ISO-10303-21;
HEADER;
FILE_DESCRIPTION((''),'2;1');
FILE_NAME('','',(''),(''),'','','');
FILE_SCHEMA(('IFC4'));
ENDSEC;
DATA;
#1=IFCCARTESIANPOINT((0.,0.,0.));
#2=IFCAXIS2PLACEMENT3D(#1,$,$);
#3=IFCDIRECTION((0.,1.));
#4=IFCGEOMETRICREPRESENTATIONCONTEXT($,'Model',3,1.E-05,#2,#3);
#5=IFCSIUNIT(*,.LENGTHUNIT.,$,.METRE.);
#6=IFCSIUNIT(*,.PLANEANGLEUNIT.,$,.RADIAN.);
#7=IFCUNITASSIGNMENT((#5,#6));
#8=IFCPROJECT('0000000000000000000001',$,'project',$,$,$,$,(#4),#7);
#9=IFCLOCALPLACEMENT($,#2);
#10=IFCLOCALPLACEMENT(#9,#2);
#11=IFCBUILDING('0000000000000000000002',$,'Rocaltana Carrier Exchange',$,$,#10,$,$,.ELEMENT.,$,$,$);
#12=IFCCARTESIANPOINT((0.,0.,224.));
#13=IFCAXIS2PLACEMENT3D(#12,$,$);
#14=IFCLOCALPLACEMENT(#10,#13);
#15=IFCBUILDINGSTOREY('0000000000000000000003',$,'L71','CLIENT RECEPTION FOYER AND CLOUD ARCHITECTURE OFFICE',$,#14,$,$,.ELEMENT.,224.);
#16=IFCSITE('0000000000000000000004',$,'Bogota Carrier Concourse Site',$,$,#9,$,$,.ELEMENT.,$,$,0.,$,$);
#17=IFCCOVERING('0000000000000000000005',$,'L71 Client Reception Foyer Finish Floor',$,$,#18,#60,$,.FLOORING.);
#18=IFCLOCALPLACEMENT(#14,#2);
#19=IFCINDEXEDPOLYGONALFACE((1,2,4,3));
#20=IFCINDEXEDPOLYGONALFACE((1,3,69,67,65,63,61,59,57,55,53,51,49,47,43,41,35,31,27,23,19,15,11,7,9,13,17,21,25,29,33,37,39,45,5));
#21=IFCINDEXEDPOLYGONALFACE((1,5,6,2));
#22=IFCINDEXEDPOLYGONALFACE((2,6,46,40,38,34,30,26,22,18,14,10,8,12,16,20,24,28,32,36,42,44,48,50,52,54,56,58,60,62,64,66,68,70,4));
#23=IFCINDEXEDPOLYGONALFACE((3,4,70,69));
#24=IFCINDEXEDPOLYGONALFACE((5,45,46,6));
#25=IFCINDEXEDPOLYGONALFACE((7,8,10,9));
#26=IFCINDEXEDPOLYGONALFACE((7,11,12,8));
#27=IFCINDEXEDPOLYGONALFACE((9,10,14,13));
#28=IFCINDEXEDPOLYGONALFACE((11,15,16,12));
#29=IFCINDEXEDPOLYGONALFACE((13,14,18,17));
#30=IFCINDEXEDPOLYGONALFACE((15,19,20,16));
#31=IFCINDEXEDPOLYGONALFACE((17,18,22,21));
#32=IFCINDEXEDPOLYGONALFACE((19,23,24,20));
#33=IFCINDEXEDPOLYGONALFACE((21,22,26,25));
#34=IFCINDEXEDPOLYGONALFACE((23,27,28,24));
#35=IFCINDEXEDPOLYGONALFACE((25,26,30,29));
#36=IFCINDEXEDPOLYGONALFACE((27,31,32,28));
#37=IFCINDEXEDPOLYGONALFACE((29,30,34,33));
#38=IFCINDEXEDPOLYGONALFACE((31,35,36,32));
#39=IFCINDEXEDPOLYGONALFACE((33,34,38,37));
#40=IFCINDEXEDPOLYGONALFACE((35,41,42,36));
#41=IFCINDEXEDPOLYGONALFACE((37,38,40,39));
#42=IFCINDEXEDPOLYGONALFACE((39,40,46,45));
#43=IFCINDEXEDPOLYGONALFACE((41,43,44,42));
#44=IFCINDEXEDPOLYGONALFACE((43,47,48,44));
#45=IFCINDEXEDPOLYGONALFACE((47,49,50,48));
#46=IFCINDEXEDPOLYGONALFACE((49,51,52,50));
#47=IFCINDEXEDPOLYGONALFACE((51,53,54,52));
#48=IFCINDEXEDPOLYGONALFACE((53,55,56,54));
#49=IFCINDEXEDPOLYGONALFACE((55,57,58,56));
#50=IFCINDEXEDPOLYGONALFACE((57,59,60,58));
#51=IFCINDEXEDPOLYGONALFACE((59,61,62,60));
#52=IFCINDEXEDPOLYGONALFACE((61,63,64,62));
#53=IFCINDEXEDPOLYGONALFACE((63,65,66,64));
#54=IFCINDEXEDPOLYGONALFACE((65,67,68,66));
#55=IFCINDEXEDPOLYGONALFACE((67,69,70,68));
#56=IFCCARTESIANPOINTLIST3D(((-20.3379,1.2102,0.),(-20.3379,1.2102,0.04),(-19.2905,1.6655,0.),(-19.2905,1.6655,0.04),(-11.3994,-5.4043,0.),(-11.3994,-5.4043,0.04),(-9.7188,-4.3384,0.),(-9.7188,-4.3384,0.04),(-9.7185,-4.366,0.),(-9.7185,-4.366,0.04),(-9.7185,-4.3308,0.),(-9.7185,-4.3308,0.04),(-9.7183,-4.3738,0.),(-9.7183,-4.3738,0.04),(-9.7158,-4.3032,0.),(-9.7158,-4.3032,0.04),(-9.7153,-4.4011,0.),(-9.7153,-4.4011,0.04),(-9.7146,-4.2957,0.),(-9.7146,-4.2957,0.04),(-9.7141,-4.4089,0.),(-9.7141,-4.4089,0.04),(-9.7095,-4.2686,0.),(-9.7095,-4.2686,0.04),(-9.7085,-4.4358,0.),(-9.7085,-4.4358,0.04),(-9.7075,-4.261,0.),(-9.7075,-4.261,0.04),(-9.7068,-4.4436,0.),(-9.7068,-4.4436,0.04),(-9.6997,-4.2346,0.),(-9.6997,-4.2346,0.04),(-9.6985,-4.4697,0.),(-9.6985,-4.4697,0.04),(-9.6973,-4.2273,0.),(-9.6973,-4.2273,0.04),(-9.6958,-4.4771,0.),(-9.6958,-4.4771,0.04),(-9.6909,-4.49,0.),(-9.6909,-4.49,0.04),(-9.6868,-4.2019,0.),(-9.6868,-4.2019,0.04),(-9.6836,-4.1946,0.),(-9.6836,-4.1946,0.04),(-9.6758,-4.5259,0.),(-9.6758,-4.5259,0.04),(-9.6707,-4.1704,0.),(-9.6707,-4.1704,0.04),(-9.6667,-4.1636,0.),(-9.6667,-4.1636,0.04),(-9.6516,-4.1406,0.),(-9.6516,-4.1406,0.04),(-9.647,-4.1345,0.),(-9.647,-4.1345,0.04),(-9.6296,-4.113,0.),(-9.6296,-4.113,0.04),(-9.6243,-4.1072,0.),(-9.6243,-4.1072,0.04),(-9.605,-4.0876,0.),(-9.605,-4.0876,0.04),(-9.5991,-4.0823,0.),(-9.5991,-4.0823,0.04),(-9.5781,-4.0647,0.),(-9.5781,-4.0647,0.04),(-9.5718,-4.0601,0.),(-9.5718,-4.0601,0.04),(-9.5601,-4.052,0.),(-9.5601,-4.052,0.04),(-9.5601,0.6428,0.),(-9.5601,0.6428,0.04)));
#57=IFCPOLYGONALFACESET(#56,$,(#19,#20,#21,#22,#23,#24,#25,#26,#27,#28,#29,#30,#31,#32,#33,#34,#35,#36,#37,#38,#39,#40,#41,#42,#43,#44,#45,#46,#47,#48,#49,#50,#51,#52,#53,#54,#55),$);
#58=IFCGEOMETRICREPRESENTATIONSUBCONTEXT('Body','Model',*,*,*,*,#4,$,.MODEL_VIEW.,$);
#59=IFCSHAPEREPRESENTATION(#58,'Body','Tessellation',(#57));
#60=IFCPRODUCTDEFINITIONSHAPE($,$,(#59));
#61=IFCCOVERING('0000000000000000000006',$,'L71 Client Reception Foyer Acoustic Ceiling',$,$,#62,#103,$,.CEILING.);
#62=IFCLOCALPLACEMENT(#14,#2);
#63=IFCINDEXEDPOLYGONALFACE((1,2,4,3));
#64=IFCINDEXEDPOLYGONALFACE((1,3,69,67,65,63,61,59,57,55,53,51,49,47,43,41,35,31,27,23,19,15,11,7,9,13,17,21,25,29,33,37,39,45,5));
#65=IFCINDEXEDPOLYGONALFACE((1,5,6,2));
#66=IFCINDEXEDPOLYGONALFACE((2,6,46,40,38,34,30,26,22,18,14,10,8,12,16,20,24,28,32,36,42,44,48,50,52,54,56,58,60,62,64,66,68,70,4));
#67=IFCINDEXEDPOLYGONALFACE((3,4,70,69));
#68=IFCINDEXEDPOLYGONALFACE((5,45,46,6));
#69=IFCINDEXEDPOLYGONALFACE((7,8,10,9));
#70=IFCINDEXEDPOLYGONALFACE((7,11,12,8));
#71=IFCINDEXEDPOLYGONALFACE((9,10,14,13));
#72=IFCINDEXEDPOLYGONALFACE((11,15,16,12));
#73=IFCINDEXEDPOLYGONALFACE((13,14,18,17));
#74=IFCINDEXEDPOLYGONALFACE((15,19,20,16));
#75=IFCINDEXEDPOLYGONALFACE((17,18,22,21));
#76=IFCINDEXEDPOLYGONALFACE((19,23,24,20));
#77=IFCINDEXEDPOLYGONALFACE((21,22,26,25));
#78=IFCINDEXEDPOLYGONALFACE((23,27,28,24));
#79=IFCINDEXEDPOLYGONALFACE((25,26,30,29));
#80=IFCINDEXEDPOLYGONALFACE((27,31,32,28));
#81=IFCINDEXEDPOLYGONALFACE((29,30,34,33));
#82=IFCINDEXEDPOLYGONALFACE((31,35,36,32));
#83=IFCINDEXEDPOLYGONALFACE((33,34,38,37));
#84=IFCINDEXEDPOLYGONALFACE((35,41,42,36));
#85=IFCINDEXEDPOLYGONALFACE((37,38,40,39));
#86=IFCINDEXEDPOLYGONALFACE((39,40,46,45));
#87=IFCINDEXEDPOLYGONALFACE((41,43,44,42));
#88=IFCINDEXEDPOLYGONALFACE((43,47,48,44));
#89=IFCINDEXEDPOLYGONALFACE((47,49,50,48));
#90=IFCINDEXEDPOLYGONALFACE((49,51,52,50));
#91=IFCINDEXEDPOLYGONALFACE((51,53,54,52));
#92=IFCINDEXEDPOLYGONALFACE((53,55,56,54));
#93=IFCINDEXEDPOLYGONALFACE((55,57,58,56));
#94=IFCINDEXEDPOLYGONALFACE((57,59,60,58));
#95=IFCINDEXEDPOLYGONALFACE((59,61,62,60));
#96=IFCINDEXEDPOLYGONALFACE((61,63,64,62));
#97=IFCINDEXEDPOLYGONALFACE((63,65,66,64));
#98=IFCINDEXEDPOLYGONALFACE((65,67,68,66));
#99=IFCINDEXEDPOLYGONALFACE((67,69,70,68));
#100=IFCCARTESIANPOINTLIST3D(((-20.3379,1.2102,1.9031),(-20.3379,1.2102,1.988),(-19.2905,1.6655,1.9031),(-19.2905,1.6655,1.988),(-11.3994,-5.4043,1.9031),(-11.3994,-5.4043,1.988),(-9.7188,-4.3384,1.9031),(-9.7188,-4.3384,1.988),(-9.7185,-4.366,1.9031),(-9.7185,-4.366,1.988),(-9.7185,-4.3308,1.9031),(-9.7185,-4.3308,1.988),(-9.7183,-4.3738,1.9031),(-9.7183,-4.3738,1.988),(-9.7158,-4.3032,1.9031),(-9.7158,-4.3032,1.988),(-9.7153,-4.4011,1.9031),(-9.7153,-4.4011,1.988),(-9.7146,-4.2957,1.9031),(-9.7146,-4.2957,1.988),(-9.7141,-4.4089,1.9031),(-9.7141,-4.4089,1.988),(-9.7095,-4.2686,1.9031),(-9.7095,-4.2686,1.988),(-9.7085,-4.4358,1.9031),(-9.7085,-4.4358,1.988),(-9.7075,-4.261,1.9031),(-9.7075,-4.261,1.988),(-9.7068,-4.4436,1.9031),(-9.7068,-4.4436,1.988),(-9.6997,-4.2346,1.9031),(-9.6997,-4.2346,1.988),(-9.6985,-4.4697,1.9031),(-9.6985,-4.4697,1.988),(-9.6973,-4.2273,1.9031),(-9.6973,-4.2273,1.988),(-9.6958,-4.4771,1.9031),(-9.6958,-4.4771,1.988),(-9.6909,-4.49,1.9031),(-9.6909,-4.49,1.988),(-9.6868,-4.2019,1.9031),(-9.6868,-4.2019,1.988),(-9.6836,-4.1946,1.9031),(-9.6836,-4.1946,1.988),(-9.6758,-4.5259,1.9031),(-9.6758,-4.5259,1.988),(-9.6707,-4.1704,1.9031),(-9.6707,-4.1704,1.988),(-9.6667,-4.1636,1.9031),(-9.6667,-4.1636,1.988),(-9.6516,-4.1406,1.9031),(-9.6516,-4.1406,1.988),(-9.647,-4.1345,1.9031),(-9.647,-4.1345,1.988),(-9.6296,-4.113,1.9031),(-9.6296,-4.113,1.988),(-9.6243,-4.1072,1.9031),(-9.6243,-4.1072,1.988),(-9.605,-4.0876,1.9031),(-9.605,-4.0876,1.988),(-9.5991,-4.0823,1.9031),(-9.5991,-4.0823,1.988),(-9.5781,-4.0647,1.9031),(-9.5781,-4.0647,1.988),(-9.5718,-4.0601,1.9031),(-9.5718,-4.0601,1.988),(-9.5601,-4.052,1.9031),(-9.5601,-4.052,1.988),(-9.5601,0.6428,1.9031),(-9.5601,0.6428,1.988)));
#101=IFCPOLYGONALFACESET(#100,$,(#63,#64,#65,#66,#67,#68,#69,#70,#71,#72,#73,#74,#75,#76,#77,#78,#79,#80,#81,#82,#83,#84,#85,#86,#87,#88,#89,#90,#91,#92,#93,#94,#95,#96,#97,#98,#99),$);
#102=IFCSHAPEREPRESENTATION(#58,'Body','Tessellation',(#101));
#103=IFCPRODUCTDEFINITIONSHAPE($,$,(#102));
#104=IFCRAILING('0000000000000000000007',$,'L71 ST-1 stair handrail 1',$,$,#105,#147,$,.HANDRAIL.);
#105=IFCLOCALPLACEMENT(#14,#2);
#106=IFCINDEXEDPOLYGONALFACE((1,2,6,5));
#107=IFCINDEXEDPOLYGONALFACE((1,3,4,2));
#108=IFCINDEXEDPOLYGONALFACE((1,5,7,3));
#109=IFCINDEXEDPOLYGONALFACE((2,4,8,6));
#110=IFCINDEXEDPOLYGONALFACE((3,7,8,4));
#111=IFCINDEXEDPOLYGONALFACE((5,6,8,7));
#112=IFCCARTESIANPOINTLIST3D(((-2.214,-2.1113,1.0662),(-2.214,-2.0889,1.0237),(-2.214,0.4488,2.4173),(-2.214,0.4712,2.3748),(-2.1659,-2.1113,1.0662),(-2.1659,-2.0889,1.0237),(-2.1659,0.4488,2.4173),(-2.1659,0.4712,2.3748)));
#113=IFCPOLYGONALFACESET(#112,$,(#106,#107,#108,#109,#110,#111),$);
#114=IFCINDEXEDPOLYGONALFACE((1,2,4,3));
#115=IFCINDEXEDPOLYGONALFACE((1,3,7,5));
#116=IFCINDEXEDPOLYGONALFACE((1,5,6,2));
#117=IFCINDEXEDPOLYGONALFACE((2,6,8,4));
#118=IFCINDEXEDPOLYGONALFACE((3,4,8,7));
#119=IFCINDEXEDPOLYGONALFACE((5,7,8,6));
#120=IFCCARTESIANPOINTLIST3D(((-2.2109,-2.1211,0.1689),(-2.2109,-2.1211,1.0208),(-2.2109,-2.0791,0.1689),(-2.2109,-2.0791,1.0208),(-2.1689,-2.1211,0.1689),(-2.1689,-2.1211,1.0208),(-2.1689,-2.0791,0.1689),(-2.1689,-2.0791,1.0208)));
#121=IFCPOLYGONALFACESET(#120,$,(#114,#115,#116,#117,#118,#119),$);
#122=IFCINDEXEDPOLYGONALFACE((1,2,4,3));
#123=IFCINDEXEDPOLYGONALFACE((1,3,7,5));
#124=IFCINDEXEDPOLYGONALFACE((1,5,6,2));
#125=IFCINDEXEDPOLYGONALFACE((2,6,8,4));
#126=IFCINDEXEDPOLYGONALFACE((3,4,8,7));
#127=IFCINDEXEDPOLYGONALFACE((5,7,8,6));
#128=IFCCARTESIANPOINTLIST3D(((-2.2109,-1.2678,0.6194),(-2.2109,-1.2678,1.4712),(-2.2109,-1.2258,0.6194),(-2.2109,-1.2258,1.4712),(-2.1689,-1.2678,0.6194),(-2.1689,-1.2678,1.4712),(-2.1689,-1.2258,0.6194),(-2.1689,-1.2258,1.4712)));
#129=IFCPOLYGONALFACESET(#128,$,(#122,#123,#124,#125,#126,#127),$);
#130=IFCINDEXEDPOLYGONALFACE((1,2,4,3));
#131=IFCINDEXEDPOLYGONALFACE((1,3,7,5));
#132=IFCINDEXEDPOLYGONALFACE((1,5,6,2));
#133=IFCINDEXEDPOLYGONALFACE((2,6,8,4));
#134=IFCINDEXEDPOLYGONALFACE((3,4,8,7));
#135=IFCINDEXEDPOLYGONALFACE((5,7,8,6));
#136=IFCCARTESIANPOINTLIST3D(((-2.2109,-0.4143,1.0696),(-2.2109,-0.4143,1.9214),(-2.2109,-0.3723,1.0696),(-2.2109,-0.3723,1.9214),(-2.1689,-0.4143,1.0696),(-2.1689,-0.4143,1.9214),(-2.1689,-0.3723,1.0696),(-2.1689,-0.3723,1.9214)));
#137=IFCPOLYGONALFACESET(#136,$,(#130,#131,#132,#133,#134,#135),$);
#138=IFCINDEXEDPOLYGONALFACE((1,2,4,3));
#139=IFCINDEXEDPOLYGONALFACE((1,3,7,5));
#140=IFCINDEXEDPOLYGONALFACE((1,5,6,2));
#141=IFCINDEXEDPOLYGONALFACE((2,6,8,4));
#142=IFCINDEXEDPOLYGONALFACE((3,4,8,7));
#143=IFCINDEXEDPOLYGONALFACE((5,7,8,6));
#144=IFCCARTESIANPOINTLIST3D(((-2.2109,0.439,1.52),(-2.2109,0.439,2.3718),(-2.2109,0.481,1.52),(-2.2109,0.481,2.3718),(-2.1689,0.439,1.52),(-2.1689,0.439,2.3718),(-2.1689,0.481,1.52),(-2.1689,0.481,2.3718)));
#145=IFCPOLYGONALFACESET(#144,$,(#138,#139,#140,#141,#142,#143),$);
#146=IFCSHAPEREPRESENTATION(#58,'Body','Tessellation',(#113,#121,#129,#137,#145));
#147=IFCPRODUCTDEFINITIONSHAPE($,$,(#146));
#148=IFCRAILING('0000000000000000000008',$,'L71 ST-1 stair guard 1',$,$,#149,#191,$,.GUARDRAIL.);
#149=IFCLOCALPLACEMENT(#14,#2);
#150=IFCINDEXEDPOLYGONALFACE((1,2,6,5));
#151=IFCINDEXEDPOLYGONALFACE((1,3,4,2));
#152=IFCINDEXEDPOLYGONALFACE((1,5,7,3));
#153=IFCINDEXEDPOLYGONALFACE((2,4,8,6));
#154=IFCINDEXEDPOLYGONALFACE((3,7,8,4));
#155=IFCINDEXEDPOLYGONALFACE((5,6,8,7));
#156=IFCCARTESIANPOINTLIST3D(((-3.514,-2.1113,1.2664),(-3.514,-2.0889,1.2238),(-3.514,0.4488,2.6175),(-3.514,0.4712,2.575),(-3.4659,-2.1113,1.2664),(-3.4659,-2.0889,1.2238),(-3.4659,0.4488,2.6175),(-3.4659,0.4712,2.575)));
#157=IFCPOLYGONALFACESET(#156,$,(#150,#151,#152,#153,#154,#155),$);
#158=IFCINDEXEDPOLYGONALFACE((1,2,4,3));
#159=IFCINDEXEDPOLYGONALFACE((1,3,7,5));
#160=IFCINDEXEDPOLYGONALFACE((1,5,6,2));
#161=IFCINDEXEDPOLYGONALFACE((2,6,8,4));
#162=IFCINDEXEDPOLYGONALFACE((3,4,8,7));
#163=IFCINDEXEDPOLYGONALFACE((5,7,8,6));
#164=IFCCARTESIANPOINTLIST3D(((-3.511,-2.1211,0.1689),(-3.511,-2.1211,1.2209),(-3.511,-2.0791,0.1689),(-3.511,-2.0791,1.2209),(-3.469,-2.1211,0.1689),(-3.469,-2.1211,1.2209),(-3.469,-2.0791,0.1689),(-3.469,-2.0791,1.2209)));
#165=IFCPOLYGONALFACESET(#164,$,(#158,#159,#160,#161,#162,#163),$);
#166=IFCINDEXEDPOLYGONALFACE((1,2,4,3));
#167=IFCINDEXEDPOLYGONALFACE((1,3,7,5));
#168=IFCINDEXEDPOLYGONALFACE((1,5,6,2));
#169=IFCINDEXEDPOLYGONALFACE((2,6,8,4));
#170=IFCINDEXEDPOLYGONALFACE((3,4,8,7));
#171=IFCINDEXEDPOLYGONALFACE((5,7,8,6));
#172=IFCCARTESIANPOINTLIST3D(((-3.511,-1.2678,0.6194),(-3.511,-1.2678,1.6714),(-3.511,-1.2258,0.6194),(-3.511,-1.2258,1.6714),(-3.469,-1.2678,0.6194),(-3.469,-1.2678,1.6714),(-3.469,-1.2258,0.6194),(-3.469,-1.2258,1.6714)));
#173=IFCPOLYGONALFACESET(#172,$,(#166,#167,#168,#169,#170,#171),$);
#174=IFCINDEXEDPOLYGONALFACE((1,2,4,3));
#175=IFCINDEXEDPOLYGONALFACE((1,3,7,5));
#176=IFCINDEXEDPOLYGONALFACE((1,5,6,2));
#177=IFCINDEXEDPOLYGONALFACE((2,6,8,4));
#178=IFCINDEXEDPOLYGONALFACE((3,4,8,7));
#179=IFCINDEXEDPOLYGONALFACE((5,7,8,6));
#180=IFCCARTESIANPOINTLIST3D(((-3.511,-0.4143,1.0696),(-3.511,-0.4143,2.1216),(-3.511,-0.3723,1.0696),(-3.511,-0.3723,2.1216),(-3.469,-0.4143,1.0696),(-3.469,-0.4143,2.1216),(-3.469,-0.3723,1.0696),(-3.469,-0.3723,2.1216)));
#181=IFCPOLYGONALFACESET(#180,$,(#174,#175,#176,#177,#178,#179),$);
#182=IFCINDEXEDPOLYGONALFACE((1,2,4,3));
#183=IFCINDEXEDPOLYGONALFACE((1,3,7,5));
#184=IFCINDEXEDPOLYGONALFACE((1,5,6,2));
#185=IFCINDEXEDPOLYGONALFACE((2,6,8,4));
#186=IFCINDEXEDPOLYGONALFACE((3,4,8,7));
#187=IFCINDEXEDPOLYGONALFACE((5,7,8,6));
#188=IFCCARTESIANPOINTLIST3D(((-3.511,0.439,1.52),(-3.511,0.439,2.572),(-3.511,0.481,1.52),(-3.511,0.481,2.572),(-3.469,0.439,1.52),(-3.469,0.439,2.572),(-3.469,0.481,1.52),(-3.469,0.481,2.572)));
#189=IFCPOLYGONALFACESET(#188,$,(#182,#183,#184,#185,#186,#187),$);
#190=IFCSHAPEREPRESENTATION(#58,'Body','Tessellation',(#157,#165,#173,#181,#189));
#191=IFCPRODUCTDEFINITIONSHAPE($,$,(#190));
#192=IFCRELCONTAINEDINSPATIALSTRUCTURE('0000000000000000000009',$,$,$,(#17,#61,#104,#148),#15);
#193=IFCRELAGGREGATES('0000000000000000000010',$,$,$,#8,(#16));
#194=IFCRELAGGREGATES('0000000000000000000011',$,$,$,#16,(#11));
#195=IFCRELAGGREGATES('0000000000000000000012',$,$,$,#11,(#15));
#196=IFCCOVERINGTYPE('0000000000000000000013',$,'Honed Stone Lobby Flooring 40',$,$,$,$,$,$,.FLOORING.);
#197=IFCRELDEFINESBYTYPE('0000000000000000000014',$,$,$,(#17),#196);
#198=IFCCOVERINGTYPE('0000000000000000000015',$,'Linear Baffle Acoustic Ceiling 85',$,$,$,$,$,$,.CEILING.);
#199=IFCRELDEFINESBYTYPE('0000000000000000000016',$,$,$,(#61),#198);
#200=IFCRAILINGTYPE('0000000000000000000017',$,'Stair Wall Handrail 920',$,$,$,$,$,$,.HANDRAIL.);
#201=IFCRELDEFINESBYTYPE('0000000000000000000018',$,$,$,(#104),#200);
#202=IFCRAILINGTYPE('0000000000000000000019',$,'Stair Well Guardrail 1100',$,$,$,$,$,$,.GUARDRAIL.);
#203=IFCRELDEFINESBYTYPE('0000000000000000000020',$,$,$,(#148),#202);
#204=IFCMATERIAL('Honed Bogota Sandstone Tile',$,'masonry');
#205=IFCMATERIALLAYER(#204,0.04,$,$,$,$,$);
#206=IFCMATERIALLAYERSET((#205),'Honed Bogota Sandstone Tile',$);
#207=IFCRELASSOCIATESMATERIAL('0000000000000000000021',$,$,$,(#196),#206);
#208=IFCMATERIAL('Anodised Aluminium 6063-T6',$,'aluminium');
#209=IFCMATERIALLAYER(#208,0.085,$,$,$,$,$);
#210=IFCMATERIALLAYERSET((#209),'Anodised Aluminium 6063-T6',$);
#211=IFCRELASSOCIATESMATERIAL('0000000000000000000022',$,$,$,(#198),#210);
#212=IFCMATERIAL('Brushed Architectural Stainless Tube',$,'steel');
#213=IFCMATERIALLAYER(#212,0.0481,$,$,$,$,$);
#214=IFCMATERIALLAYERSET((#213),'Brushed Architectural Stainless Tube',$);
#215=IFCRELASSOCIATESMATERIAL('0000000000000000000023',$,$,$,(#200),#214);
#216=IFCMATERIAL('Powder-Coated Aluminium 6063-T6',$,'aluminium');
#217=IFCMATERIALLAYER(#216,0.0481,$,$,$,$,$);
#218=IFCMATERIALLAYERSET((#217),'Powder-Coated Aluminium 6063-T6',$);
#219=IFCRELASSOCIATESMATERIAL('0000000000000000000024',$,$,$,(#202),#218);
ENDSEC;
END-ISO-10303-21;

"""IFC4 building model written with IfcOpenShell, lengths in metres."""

from ifc_helpers import new_model, si_unit, direction, frame, origin, origin_2d, place, context, subcontext, project, spatial, polyline, rectangle, outline, extrude, material, layer, layer_set, type_object, element, save


model = new_model("IFC4")

# Units and contexts
model_context = context("Model", 3, precision=1e-05, world=origin(), true_north=direction((0.0, 1.0)))
body_context = subcontext(model_context, "Body", "Model", "MODEL_VIEW")
ifc_project = project(units=[si_unit("LENGTHUNIT", "METRE"), si_unit("PLANEANGLEUNIT", "RADIAN")], contexts=[model_context])

# Site, building, storey
site_placement = place(None, origin())
site = spatial("IfcSite", under=ifc_project, at=site_placement, Name="Bogota Carrier Concourse Site", CompositionType="ELEMENT", RefElevation=0.0)
building_placement = place(site_placement, origin())
building = spatial("IfcBuilding", under=site, at=building_placement, Name="Rocaltana Carrier Exchange", CompositionType="ELEMENT")
storey_placement = place(building_placement, frame((0.0, 0.0, 224.0)))
storey = spatial("IfcBuildingStorey", under=building, at=storey_placement, Name="L71", Description="CLIENT RECEPTION FOYER AND CLOUD ARCHITECTURE OFFICE", CompositionType="ELEMENT", Elevation=224.0)

# Coverings
ifc_material_1 = material(Name="Honed Bogota Sandstone Tile", Category="masonry")
ifc_layer_1 = layer(ifc_material_1, 0.04)
ifc_layer_set_1 = layer_set([ifc_layer_1], Name="Honed Bogota Sandstone Tile")
covering_type_1 = type_object("IfcCoveringType", Name="Honed Stone Lobby Flooring 40", PredefinedType="FLOORING", material=ifc_layer_set_1)
covering_1_placement = place(storey_placement, origin())
element("IfcCovering", 1, at=covering_1_placement, inside=storey, type_object=covering_type_1, Name="L71 Client Reception Foyer Finish Floor", PredefinedType="FLOORING", context=body_context, shape_type="SweptSolid", body=[
    extrude(outline(polyline([(-19.2905, 1.6655), (-9.5601, 0.6428), (-9.5601, -4.052), (-9.5718, -4.0601), (-9.5781, -4.0647), (-9.5991, -4.0823), (-9.605, -4.0876), (-9.6243, -4.1072), (-9.6296, -4.113), (-9.647, -4.1345), (-9.6516, -4.1406), (-9.6667, -4.1636), (-9.6707, -4.1704), (-9.6836, -4.1946), (-9.6868, -4.2019), (-9.6973, -4.2273), (-9.6997, -4.2346), (-9.7075, -4.261), (-9.7095, -4.2686), (-9.7146, -4.2957), (-9.7158, -4.3032), (-9.7185, -4.3308), (-9.7188, -4.3384), (-9.7185, -4.366), (-9.7183, -4.3738), (-9.7153, -4.4011), (-9.7141, -4.4089), (-9.7085, -4.4358), (-9.7068, -4.4436), (-9.6985, -4.4697), (-9.6958, -4.4771), (-9.6909, -4.49), (-9.6758, -4.5259), (-11.3994, -5.4043), (-20.3379, 1.2102), (-19.2905, 1.6655)])), origin(), (0.0, 0.0, 1.0), 0.04),
])
ifc_material_2 = material(Name="Anodised Aluminium 6063-T6", Category="aluminium")
ifc_layer_2 = layer(ifc_material_2, 0.085)
ifc_layer_set_2 = layer_set([ifc_layer_2], Name="Anodised Aluminium 6063-T6")
covering_type_2 = type_object("IfcCoveringType", Name="Linear Baffle Acoustic Ceiling 85", PredefinedType="CEILING", material=ifc_layer_set_2)
covering_2_placement = place(storey_placement, frame((0.0, 0.0, 1.9031)))
element("IfcCovering", 2, at=covering_2_placement, inside=storey, type_object=covering_type_2, Name="L71 Client Reception Foyer Acoustic Ceiling", PredefinedType="CEILING", context=body_context, shape_type="SweptSolid", body=[
    extrude(outline(polyline([(-19.2905, 1.6655), (-9.5601, 0.6428), (-9.5601, -4.052), (-9.5718, -4.0601), (-9.5781, -4.0647), (-9.5991, -4.0823), (-9.605, -4.0876), (-9.6243, -4.1072), (-9.6296, -4.113), (-9.647, -4.1345), (-9.6516, -4.1406), (-9.6667, -4.1636), (-9.6707, -4.1704), (-9.6836, -4.1946), (-9.6868, -4.2019), (-9.6973, -4.2273), (-9.6997, -4.2346), (-9.7075, -4.261), (-9.7095, -4.2686), (-9.7146, -4.2957), (-9.7158, -4.3032), (-9.7185, -4.3308), (-9.7188, -4.3384), (-9.7185, -4.366), (-9.7183, -4.3738), (-9.7153, -4.4011), (-9.7141, -4.4089), (-9.7085, -4.4358), (-9.7068, -4.4436), (-9.6985, -4.4697), (-9.6958, -4.4771), (-9.6909, -4.49), (-9.6758, -4.5259), (-11.3994, -5.4043), (-20.3379, 1.2102), (-19.2905, 1.6655)])), origin(), (0.0, 0.0, 1.0), 0.085),
])

# Railings
ifc_material_3 = material(Name="Brushed Architectural Stainless Tube", Category="steel")
ifc_layer_3 = layer(ifc_material_3, 0.0481)
ifc_layer_set_3 = layer_set([ifc_layer_3], Name="Brushed Architectural Stainless Tube")
railing_type_1 = type_object("IfcRailingType", Name="Stair Wall Handrail 920", PredefinedType="HANDRAIL", material=ifc_layer_set_3)
railing_1_placement = place(storey_placement, frame((-2.1899, -2.1001, 0.1689)))
element("IfcRailing", 3, at=railing_1_placement, inside=storey, type_object=railing_type_1, Name="L71 ST-1 stair handrail 1", PredefinedType="HANDRAIL", context=body_context, shape_type="SweptSolid", body=[
    extrude(rectangle(XDim=0.0481, YDim=0.0481, at=origin_2d()), frame((0.0, 0.0, 0.876), z_axis=(0.0, 0.884394, 0.46674), x_axis=(-1.0, 0.0, 0.0)), (0.0, 0.0, 1.0), 2.8948),
    extrude(rectangle(XDim=0.042, YDim=0.042, at=origin_2d()), origin(), (0.0, 0.0, 1.0), 0.8518),
    extrude(rectangle(XDim=0.042, YDim=0.042, at=origin_2d()), frame((0.0, 0.8533, 0.4504)), (0.0, 0.0, 1.0), 0.8518),
    extrude(rectangle(XDim=0.042, YDim=0.042, at=origin_2d()), frame((0.0, 1.7068, 0.9006)), (0.0, 0.0, 1.0), 0.8518),
    extrude(rectangle(XDim=0.042, YDim=0.042, at=origin_2d()), frame((0.0, 2.5601, 1.3511)), (0.0, 0.0, 1.0), 0.8518),
])
ifc_material_4 = material(Name="Powder-Coated Aluminium 6063-T6", Category="aluminium")
ifc_layer_4 = layer(ifc_material_4, 0.0481)
ifc_layer_set_4 = layer_set([ifc_layer_4], Name="Powder-Coated Aluminium 6063-T6")
railing_type_2 = type_object("IfcRailingType", Name="Stair Well Guardrail 1100", PredefinedType="GUARDRAIL", material=ifc_layer_set_4)
railing_2_placement = place(storey_placement, frame((-3.49, -2.1001, 0.1689)))
element("IfcRailing", 4, at=railing_2_placement, inside=storey, type_object=railing_type_2, Name="L71 ST-1 stair guard 1", PredefinedType="GUARDRAIL", context=body_context, shape_type="SweptSolid", body=[
    extrude(rectangle(XDim=0.0481, YDim=0.0481, at=origin_2d()), frame((0.0, 0.0, 1.0762), z_axis=(0.0, 0.884394, 0.46674), x_axis=(-1.0, 0.0, 0.0)), (0.0, 0.0, 1.0), 2.8948),
    extrude(rectangle(XDim=0.042, YDim=0.042, at=origin_2d()), origin(), (0.0, 0.0, 1.0), 1.052),
    extrude(rectangle(XDim=0.042, YDim=0.042, at=origin_2d()), frame((0.0, 0.8533, 0.4504)), (0.0, 0.0, 1.0), 1.052),
    extrude(rectangle(XDim=0.042, YDim=0.042, at=origin_2d()), frame((0.0, 1.7068, 0.9006)), (0.0, 0.0, 1.0), 1.052),
    extrude(rectangle(XDim=0.042, YDim=0.042, at=origin_2d()), frame((0.0, 2.5601, 1.3511)), (0.0, 0.0, 1.0), 1.052),
])

save(model, "model.ifc")
